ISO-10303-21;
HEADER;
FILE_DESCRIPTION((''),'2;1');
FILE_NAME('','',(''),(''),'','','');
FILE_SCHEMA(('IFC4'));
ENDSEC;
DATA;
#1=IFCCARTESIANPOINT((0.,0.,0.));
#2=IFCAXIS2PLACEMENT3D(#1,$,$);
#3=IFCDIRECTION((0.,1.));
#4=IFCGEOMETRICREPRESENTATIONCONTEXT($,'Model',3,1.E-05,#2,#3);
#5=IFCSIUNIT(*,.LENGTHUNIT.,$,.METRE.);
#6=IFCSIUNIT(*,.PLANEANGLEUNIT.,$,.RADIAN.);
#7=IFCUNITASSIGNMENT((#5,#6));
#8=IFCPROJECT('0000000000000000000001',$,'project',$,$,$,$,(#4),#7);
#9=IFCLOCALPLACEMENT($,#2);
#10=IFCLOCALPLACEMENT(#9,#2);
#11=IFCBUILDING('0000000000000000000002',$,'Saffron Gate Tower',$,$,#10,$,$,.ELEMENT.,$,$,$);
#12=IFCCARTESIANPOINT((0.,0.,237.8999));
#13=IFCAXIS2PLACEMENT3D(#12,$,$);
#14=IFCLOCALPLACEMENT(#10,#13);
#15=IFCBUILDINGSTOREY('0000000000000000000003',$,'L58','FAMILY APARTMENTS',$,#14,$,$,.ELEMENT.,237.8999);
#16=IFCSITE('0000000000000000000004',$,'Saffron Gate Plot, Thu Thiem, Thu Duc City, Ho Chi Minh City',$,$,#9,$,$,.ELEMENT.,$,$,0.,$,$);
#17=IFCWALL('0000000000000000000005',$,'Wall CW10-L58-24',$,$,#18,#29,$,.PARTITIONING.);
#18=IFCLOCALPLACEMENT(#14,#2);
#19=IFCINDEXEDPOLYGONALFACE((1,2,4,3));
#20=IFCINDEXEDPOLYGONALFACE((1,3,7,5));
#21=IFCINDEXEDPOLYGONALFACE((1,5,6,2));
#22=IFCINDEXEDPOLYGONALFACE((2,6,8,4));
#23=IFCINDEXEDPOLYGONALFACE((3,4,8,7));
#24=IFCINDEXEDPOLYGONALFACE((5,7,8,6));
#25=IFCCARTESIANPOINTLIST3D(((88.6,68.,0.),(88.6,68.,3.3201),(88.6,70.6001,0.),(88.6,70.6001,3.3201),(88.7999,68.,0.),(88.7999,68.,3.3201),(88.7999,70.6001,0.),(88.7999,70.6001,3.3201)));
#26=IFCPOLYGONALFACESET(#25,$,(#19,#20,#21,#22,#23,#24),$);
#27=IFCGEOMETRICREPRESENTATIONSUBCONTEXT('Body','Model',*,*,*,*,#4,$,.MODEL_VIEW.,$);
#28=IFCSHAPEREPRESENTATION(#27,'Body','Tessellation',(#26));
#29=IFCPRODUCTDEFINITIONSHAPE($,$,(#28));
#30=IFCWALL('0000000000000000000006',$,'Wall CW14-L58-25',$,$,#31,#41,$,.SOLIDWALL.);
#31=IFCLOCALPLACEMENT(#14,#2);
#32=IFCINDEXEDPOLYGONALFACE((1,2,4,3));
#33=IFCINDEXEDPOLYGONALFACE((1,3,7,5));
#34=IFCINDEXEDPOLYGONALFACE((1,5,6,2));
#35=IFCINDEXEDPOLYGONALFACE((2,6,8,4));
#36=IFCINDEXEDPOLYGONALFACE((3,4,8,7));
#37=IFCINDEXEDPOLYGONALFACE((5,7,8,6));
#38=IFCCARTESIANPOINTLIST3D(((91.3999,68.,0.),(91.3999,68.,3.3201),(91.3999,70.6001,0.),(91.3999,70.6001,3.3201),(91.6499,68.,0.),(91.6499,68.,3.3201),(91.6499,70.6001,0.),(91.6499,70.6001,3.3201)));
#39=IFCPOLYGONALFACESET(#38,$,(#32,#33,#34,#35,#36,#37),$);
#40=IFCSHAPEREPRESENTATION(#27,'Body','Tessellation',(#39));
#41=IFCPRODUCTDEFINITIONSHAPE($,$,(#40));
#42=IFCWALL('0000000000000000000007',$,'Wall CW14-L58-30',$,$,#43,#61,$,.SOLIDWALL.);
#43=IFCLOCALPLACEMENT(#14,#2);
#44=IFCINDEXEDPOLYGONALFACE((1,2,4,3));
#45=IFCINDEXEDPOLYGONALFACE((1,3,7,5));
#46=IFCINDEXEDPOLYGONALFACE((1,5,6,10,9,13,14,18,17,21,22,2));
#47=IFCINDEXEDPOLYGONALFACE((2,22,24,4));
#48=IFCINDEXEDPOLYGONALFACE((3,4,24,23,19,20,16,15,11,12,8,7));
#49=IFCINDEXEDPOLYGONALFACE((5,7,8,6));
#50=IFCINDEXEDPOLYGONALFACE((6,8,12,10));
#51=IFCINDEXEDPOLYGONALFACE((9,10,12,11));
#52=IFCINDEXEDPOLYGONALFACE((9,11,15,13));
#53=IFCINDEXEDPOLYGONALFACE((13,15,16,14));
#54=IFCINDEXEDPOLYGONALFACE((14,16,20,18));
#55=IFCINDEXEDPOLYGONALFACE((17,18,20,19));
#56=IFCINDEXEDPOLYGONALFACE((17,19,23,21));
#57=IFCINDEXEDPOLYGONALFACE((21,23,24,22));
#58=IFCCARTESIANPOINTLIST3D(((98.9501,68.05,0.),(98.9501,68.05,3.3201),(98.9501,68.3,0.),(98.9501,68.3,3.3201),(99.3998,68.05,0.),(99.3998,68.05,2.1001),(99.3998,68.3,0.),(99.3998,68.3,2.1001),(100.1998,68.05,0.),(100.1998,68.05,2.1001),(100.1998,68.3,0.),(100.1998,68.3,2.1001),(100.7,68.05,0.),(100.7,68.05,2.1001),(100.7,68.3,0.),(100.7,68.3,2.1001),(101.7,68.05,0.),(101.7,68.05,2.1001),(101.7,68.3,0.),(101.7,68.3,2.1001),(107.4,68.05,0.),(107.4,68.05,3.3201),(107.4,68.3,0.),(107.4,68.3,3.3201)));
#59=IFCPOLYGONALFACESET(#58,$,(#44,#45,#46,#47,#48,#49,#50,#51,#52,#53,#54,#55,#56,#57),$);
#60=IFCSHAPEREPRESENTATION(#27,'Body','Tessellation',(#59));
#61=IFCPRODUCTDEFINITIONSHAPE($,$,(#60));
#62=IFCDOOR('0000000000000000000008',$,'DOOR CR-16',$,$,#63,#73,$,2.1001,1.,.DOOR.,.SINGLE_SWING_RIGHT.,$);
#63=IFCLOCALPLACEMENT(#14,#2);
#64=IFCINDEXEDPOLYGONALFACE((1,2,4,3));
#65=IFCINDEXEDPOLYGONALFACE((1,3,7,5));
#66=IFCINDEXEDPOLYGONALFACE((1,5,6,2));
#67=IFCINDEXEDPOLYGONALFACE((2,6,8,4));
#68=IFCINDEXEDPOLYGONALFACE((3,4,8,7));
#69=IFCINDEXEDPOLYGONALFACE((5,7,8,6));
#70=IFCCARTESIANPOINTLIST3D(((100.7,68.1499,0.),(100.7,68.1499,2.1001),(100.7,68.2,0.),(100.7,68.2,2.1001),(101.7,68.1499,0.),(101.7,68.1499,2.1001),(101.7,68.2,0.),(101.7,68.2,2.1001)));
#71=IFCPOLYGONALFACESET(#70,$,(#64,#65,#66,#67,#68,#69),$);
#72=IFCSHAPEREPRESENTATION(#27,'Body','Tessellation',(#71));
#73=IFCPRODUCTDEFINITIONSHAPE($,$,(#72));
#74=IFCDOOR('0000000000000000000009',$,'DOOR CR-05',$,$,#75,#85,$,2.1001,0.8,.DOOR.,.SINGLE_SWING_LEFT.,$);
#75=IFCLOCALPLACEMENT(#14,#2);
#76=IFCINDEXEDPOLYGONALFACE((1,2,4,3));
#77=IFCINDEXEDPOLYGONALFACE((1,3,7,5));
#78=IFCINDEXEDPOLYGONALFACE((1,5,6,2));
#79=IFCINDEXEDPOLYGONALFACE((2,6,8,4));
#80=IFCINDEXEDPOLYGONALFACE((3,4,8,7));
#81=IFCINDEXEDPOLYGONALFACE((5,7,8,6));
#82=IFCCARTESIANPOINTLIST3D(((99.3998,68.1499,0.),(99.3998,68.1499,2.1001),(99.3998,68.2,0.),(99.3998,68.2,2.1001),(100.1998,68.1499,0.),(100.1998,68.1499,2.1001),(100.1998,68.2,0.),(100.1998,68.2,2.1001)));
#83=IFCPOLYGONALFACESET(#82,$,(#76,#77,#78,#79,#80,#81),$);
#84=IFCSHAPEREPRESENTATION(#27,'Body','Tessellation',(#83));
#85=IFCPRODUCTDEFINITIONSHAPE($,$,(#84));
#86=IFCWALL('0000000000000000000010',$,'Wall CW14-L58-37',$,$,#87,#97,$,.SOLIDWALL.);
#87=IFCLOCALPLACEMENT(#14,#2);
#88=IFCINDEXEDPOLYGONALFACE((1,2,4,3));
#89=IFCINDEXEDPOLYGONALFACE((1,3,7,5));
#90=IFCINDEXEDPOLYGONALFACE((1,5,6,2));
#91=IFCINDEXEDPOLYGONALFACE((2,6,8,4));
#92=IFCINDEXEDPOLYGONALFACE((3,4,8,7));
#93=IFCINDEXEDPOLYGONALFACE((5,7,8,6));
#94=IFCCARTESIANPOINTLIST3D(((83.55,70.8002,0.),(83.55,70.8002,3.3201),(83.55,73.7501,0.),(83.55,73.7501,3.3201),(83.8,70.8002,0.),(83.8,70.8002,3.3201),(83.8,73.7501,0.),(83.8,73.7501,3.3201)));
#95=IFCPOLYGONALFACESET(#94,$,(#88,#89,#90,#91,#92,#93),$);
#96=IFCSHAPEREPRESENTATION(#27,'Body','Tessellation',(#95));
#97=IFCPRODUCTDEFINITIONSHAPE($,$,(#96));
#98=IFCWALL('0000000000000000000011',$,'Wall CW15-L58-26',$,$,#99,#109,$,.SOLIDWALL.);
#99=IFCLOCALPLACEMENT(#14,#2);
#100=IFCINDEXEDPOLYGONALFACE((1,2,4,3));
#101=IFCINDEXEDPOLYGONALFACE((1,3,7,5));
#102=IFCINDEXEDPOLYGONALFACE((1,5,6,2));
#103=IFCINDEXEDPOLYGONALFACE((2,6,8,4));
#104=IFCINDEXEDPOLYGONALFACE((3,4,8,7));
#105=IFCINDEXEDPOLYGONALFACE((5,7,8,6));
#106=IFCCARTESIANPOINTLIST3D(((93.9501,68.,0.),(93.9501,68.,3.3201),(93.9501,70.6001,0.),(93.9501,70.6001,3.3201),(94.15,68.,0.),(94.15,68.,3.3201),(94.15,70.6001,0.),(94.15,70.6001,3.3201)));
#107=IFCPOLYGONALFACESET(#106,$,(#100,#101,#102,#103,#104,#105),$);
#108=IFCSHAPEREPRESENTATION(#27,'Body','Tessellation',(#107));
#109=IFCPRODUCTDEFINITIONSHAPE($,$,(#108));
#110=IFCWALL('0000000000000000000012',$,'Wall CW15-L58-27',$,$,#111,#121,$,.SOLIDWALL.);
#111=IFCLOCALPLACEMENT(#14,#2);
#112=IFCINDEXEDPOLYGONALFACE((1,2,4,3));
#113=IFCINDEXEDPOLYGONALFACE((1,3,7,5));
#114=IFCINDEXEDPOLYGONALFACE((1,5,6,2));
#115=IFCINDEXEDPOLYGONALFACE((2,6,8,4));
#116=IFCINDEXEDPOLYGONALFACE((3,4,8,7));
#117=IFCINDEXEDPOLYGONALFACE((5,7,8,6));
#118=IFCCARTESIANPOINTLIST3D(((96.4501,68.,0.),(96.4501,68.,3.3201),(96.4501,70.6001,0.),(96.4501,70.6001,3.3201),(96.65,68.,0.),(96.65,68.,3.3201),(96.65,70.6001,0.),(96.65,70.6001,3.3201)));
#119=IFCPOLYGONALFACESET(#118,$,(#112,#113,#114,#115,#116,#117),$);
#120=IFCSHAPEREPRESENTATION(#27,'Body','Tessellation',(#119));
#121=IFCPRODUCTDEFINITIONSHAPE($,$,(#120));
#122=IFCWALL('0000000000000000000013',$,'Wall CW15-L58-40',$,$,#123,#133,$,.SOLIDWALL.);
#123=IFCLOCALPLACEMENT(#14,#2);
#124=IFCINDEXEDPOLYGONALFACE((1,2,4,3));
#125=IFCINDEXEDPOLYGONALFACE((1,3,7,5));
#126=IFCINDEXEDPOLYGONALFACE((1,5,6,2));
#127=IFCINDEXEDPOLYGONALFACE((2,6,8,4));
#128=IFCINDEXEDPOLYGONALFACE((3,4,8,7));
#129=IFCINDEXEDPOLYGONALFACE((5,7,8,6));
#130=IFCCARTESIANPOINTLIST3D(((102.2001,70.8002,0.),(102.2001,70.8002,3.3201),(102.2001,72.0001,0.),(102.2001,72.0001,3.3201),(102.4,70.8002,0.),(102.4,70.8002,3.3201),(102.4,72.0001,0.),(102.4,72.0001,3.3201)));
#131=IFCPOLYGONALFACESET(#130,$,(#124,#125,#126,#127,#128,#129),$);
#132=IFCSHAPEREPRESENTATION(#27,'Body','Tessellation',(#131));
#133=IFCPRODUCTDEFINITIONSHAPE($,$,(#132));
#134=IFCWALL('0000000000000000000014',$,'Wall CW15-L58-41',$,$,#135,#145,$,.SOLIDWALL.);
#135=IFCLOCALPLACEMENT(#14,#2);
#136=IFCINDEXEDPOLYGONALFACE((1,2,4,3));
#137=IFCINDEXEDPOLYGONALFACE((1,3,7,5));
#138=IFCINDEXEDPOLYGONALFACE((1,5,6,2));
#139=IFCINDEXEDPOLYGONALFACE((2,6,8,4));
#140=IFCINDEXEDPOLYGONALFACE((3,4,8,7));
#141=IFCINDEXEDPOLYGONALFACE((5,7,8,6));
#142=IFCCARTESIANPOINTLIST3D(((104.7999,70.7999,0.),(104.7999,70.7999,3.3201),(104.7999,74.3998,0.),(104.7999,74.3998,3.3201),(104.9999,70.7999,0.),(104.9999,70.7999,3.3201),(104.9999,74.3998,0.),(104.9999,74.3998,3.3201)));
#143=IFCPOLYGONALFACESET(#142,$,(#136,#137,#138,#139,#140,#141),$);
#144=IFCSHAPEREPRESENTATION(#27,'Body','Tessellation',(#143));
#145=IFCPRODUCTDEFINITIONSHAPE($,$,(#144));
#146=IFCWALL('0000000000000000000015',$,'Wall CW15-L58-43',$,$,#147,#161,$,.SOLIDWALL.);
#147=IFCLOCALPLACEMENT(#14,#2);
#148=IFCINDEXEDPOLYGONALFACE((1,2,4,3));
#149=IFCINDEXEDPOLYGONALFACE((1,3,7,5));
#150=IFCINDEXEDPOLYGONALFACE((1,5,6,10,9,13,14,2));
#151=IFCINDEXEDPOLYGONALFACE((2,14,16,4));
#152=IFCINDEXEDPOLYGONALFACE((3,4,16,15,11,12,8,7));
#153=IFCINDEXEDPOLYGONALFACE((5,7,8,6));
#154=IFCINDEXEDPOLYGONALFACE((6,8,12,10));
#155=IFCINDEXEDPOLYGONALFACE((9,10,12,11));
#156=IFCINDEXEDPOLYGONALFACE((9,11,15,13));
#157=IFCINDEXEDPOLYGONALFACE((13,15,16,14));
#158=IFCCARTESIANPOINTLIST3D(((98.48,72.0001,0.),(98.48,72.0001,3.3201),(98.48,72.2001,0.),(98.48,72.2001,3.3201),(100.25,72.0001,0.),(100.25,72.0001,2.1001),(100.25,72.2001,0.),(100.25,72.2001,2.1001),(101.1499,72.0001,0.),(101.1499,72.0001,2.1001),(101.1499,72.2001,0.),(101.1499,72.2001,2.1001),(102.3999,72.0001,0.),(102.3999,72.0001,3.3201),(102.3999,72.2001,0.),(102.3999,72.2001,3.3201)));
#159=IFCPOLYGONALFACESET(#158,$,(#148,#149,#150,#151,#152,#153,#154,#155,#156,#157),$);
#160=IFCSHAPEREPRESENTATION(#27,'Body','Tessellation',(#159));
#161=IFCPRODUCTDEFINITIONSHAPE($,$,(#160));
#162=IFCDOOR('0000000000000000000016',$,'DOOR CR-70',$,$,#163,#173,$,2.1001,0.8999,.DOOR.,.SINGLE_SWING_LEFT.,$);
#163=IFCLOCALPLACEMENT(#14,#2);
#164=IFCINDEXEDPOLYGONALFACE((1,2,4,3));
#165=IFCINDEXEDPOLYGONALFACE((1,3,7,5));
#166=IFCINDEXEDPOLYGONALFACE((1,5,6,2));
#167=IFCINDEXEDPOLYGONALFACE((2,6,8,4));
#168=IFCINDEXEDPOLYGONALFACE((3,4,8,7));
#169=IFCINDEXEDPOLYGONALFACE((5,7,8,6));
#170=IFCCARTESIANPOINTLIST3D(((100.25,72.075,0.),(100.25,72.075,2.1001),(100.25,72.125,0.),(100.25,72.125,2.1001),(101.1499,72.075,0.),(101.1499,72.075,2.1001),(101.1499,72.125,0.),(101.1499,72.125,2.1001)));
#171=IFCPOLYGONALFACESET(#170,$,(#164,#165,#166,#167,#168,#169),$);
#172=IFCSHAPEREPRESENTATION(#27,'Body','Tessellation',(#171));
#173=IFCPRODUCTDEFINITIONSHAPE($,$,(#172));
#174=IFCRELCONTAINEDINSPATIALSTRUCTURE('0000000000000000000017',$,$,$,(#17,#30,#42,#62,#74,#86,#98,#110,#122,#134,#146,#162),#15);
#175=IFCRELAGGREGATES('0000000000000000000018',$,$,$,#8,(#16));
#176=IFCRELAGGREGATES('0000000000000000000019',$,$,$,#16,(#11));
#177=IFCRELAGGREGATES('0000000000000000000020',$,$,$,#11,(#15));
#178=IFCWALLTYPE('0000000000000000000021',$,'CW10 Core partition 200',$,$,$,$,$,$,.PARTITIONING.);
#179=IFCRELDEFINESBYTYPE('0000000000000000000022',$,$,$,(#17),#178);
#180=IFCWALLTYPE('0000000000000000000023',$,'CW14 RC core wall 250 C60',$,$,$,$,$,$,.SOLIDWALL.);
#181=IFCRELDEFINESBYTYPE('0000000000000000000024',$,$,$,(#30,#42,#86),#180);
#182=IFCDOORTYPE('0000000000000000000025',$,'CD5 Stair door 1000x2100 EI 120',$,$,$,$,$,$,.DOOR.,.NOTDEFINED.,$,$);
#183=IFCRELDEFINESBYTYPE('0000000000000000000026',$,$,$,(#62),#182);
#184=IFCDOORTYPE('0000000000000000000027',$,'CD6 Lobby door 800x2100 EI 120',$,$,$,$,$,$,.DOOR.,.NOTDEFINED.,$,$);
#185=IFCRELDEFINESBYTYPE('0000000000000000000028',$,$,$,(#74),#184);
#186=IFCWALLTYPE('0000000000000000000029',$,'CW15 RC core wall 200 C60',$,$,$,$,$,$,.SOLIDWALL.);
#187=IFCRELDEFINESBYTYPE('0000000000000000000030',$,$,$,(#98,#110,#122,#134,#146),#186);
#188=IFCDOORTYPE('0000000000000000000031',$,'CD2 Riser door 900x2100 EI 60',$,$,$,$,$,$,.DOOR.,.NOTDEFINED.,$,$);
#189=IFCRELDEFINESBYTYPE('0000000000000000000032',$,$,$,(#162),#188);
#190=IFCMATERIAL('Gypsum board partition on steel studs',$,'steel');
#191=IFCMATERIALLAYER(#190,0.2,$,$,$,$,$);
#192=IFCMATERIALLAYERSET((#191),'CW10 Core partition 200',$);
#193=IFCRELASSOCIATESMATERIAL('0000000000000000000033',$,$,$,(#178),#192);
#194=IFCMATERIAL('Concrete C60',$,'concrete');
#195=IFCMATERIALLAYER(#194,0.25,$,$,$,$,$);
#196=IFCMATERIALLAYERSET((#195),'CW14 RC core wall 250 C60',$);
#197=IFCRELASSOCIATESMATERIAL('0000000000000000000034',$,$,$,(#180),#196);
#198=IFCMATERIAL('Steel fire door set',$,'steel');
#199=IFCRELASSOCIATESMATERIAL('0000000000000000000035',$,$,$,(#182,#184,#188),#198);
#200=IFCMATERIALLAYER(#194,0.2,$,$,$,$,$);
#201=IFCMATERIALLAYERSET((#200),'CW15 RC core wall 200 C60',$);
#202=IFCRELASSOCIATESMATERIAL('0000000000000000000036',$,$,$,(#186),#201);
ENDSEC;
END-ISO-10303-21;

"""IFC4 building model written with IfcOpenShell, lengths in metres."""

from ifc_helpers import new_model, si_unit, direction, frame, frame_2d, origin, place, context, subcontext, project, spatial, rectangle, extrude, material, layer, layer_set, type_object, element, fill, save


model = new_model("IFC4")

# Units and contexts
model_context = context("Model", 3, precision=1e-05, world=origin(), true_north=direction((0.0, 1.0)))
body_context = subcontext(model_context, "Body", "Model", "MODEL_VIEW")
ifc_project = project(units=[si_unit("LENGTHUNIT", "METRE"), si_unit("PLANEANGLEUNIT", "RADIAN")], contexts=[model_context])

# Site, building, storey
site_placement = place(None, origin())
site = spatial("IfcSite", under=ifc_project, at=site_placement, Name="Saffron Gate Plot, Thu Thiem, Thu Duc City, Ho Chi Minh City", CompositionType="ELEMENT", RefElevation=0.0)
building_placement = place(site_placement, origin())
building = spatial("IfcBuilding", under=site, at=building_placement, Name="Saffron Gate Tower", CompositionType="ELEMENT")
storey_placement = place(building_placement, frame((0.0, 0.0, 237.8999)))
storey = spatial("IfcBuildingStorey", under=building, at=storey_placement, Name="L58", Description="FAMILY APARTMENTS", CompositionType="ELEMENT", Elevation=237.8999)

# Walls
ifc_material_1 = material(Name="Gypsum board partition on steel studs", Category="steel")
ifc_layer_1 = layer(ifc_material_1, 0.2)
ifc_layer_set_1 = layer_set([ifc_layer_1], Name="CW10 Core partition 200")
wall_type_1 = type_object("IfcWallType", Name="CW10 Core partition 200", PredefinedType="PARTITIONING", material=ifc_layer_set_1)
wall_1_placement = place(storey_placement, frame((88.7, 68.0, 0.0), z_axis=(0.0, 0.0, 1.0), x_axis=(0.0, 1.0, 0.0)))
element("IfcWall", 1, at=wall_1_placement, inside=storey, type_object=wall_type_1, Name="Wall CW10-L58-24", PredefinedType="PARTITIONING", context=body_context, shape_type="SweptSolid", body=[
    extrude(rectangle(XDim=2.6001, YDim=0.2, at=frame_2d((1.3, 0.0))), origin(), (0.0, 0.0, 1.0), 3.3201),
])
ifc_material_2 = material(Name="Concrete C60", Category="concrete")
ifc_layer_2 = layer(ifc_material_2, 0.25)
ifc_layer_set_2 = layer_set([ifc_layer_2], Name="CW14 RC core wall 250 C60")
wall_type_2 = type_object("IfcWallType", Name="CW14 RC core wall 250 C60", PredefinedType="SOLIDWALL", material=ifc_layer_set_2)
wall_2_placement = place(storey_placement, frame((91.5249, 68.0, 0.0), z_axis=(0.0, 0.0, 1.0), x_axis=(0.0, 1.0, 0.0)))
element("IfcWall", 2, at=wall_2_placement, inside=storey, type_object=wall_type_2, Name="Wall CW14-L58-25", PredefinedType="SOLIDWALL", context=body_context, shape_type="SweptSolid", body=[
    extrude(rectangle(XDim=2.6001, YDim=0.25, at=frame_2d((1.3, 0.0))), origin(), (0.0, 0.0, 1.0), 3.3201),
])

# Wall, openings, doors
wall_3_placement = place(storey_placement, frame((98.95, 68.175, 0.0), z_axis=(0.0, 0.0, 1.0), x_axis=(1.0, 0.0, 0.0)))
wall_3 = element("IfcWall", 3, at=wall_3_placement, inside=storey, type_object=wall_type_2, Name="Wall CW14-L58-30", PredefinedType="SOLIDWALL", context=body_context, shape_type="SweptSolid", body=[
    extrude(rectangle(XDim=8.45, YDim=0.25, at=frame_2d((4.2251, 0.0))), origin(), (0.0, 0.0, 1.0), 3.3201),
])
opening_1_placement = place(wall_3_placement, frame((0.45, 0.0, 0.0)))
opening_1 = element("IfcOpeningElement", 4, at=opening_1_placement, cuts=wall_3, PredefinedType="OPENING", context=body_context, shape_type="SweptSolid", body=[
    extrude(rectangle(XDim=0.8, YDim=2.1001, at=frame_2d((0.3999, 1.05))), frame((0.0, 0.135, 0.0), z_axis=(0.0, -1.0, 0.0), x_axis=(1.0, 0.0, 0.0)), (0.0, 0.0, 1.0), 0.27),
])
opening_2_placement = place(wall_3_placement, frame((1.75, 0.0, 0.0)))
opening_2 = element("IfcOpeningElement", 5, at=opening_2_placement, cuts=wall_3, PredefinedType="OPENING", context=body_context, shape_type="SweptSolid", body=[
    extrude(rectangle(XDim=1.0, YDim=2.1001, at=frame_2d((0.5, 1.05))), frame((0.0, 0.135, 0.0), z_axis=(0.0, -1.0, 0.0), x_axis=(1.0, 0.0, 0.0)), (0.0, 0.0, 1.0), 0.27),
])
ifc_material_3 = material(Name="Steel fire door set", Category="steel")
door_type_1 = type_object("IfcDoorType", Name="CD5 Stair door 1000x2100 EI 120", OperationType="NOTDEFINED", PredefinedType="DOOR", material=ifc_material_3)
door_1_placement = place(opening_2_placement, origin())
door_1 = element("IfcDoor", 6, at=door_1_placement, inside=storey, type_object=door_type_1, Name="DOOR CR-16", OperationType="SINGLE_SWING_RIGHT", OverallHeight=2.1001, OverallWidth=1.0, PredefinedType="DOOR", context=body_context, shape_type="SweptSolid", body=[
    extrude(rectangle(XDim=1.0, YDim=2.1001, at=frame_2d((0.5, 1.05))), frame((0.0, 0.0249, 0.0), z_axis=(0.0, -1.0, 0.0), x_axis=(1.0, 0.0, 0.0)), (0.0, 0.0, 1.0), 0.05),
])
fill(opening_2, door_1)
door_type_2 = type_object("IfcDoorType", Name="CD6 Lobby door 800x2100 EI 120", OperationType="NOTDEFINED", PredefinedType="DOOR", material=ifc_material_3)
door_2_placement = place(opening_1_placement, origin())
door_2 = element("IfcDoor", 7, at=door_2_placement, inside=storey, type_object=door_type_2, Name="DOOR CR-05", OperationType="SINGLE_SWING_LEFT", OverallHeight=2.1001, OverallWidth=0.8, PredefinedType="DOOR", context=body_context, shape_type="SweptSolid", body=[
    extrude(rectangle(XDim=0.8, YDim=2.1001, at=frame_2d((0.3999, 1.05))), frame((0.0, 0.0249, 0.0), z_axis=(0.0, -1.0, 0.0), x_axis=(1.0, 0.0, 0.0)), (0.0, 0.0, 1.0), 0.05),
])
fill(opening_1, door_2)

# Walls
wall_4_placement = place(storey_placement, frame((83.675, 70.8, 0.0), z_axis=(0.0, 0.0, 1.0), x_axis=(0.0, 1.0, 0.0)))
element("IfcWall", 8, at=wall_4_placement, inside=storey, type_object=wall_type_2, Name="Wall CW14-L58-37", PredefinedType="SOLIDWALL", context=body_context, shape_type="SweptSolid", body=[
    extrude(rectangle(XDim=2.95, YDim=0.25, at=frame_2d((1.4751, 0.0))), origin(), (0.0, 0.0, 1.0), 3.3201),
])
ifc_layer_3 = layer(ifc_material_2, 0.2)
ifc_layer_set_3 = layer_set([ifc_layer_3], Name="CW15 RC core wall 200 C60")
wall_type_3 = type_object("IfcWallType", Name="CW15 RC core wall 200 C60", PredefinedType="SOLIDWALL", material=ifc_layer_set_3)
for number, where, z_axis, x_axis, name in (
    (9, (94.05, 68.0, 0.0), (0.0, 0.0, 1.0), (0.0, 1.0, 0.0), "Wall CW15-L58-26"),
    (10, (96.55, 68.0, 0.0), (0.0, 0.0, 1.0), (0.0, 1.0, 0.0), "Wall CW15-L58-27"),
):
    element("IfcWall", number, at=place(storey_placement, frame(where, z_axis=z_axis, x_axis=x_axis)), inside=storey, type_object=wall_type_3, Name=name, PredefinedType="SOLIDWALL", context=body_context, shape_type="SweptSolid", body=[
        extrude(rectangle(XDim=2.6001, YDim=0.2, at=frame_2d((1.3, 0.0))), origin(), (0.0, 0.0, 1.0), 3.3201),
    ])
wall_5_placement = place(storey_placement, frame((102.3, 70.8, 0.0), z_axis=(0.0, 0.0, 1.0), x_axis=(0.0, 1.0, 0.0)))
element("IfcWall", 11, at=wall_5_placement, inside=storey, type_object=wall_type_3, Name="Wall CW15-L58-40", PredefinedType="SOLIDWALL", context=body_context, shape_type="SweptSolid", body=[
    extrude(rectangle(XDim=1.2, YDim=0.2, at=frame_2d((0.6001, 0.0))), origin(), (0.0, 0.0, 1.0), 3.3201),
])
wall_6_placement = place(storey_placement, frame((104.8999, 70.8, 0.0), z_axis=(0.0, 0.0, 1.0), x_axis=(0.0, 1.0, 0.0)))
element("IfcWall", 12, at=wall_6_placement, inside=storey, type_object=wall_type_3, Name="Wall CW15-L58-41", PredefinedType="SOLIDWALL", context=body_context, shape_type="SweptSolid", body=[
    extrude(rectangle(XDim=3.5999, YDim=0.2, at=frame_2d((1.7998, 0.0))), origin(), (0.0, 0.0, 1.0), 3.3201),
])

# Wall, opening, door
wall_7_placement = place(storey_placement, frame((98.48, 72.1001, 0.0), z_axis=(0.0, 0.0, 1.0), x_axis=(1.0, 0.0, 0.0)))
wall_7 = element("IfcWall", 13, at=wall_7_placement, inside=storey, type_object=wall_type_3, Name="Wall CW15-L58-43", PredefinedType="SOLIDWALL", context=body_context, shape_type="SweptSolid", body=[
    extrude(rectangle(XDim=3.9199, YDim=0.2, at=frame_2d((1.96, 0.0))), origin(), (0.0, 0.0, 1.0), 3.3201),
])
opening_3_placement = place(wall_7_placement, frame((1.77, 0.0, 0.0)))
opening_3 = element("IfcOpeningElement", 14, at=opening_3_placement, cuts=wall_7, PredefinedType="OPENING", context=body_context, shape_type="SweptSolid", body=[
    extrude(rectangle(XDim=0.8999, YDim=2.1001, at=frame_2d((0.45, 1.05))), frame((0.0, 0.1099, 0.0), z_axis=(0.0, -1.0, 0.0), x_axis=(1.0, 0.0, 0.0)), (0.0, 0.0, 1.0), 0.22),
])
door_type_3 = type_object("IfcDoorType", Name="CD2 Riser door 900x2100 EI 60", OperationType="NOTDEFINED", PredefinedType="DOOR", material=ifc_material_3)
door_3_placement = place(opening_3_placement, origin())
door_3 = element("IfcDoor", 15, at=door_3_placement, inside=storey, type_object=door_type_3, Name="DOOR CR-70", OperationType="SINGLE_SWING_LEFT", OverallHeight=2.1001, OverallWidth=0.8999, PredefinedType="DOOR", context=body_context, shape_type="SweptSolid", body=[
    extrude(rectangle(XDim=0.8999, YDim=2.1001, at=frame_2d((0.45, 1.05))), frame((0.0, 0.0249, 0.0), z_axis=(0.0, -1.0, 0.0), x_axis=(1.0, 0.0, 0.0)), (0.0, 0.0, 1.0), 0.05),
])
fill(opening_3, door_3)

save(model, "model.ifc")
